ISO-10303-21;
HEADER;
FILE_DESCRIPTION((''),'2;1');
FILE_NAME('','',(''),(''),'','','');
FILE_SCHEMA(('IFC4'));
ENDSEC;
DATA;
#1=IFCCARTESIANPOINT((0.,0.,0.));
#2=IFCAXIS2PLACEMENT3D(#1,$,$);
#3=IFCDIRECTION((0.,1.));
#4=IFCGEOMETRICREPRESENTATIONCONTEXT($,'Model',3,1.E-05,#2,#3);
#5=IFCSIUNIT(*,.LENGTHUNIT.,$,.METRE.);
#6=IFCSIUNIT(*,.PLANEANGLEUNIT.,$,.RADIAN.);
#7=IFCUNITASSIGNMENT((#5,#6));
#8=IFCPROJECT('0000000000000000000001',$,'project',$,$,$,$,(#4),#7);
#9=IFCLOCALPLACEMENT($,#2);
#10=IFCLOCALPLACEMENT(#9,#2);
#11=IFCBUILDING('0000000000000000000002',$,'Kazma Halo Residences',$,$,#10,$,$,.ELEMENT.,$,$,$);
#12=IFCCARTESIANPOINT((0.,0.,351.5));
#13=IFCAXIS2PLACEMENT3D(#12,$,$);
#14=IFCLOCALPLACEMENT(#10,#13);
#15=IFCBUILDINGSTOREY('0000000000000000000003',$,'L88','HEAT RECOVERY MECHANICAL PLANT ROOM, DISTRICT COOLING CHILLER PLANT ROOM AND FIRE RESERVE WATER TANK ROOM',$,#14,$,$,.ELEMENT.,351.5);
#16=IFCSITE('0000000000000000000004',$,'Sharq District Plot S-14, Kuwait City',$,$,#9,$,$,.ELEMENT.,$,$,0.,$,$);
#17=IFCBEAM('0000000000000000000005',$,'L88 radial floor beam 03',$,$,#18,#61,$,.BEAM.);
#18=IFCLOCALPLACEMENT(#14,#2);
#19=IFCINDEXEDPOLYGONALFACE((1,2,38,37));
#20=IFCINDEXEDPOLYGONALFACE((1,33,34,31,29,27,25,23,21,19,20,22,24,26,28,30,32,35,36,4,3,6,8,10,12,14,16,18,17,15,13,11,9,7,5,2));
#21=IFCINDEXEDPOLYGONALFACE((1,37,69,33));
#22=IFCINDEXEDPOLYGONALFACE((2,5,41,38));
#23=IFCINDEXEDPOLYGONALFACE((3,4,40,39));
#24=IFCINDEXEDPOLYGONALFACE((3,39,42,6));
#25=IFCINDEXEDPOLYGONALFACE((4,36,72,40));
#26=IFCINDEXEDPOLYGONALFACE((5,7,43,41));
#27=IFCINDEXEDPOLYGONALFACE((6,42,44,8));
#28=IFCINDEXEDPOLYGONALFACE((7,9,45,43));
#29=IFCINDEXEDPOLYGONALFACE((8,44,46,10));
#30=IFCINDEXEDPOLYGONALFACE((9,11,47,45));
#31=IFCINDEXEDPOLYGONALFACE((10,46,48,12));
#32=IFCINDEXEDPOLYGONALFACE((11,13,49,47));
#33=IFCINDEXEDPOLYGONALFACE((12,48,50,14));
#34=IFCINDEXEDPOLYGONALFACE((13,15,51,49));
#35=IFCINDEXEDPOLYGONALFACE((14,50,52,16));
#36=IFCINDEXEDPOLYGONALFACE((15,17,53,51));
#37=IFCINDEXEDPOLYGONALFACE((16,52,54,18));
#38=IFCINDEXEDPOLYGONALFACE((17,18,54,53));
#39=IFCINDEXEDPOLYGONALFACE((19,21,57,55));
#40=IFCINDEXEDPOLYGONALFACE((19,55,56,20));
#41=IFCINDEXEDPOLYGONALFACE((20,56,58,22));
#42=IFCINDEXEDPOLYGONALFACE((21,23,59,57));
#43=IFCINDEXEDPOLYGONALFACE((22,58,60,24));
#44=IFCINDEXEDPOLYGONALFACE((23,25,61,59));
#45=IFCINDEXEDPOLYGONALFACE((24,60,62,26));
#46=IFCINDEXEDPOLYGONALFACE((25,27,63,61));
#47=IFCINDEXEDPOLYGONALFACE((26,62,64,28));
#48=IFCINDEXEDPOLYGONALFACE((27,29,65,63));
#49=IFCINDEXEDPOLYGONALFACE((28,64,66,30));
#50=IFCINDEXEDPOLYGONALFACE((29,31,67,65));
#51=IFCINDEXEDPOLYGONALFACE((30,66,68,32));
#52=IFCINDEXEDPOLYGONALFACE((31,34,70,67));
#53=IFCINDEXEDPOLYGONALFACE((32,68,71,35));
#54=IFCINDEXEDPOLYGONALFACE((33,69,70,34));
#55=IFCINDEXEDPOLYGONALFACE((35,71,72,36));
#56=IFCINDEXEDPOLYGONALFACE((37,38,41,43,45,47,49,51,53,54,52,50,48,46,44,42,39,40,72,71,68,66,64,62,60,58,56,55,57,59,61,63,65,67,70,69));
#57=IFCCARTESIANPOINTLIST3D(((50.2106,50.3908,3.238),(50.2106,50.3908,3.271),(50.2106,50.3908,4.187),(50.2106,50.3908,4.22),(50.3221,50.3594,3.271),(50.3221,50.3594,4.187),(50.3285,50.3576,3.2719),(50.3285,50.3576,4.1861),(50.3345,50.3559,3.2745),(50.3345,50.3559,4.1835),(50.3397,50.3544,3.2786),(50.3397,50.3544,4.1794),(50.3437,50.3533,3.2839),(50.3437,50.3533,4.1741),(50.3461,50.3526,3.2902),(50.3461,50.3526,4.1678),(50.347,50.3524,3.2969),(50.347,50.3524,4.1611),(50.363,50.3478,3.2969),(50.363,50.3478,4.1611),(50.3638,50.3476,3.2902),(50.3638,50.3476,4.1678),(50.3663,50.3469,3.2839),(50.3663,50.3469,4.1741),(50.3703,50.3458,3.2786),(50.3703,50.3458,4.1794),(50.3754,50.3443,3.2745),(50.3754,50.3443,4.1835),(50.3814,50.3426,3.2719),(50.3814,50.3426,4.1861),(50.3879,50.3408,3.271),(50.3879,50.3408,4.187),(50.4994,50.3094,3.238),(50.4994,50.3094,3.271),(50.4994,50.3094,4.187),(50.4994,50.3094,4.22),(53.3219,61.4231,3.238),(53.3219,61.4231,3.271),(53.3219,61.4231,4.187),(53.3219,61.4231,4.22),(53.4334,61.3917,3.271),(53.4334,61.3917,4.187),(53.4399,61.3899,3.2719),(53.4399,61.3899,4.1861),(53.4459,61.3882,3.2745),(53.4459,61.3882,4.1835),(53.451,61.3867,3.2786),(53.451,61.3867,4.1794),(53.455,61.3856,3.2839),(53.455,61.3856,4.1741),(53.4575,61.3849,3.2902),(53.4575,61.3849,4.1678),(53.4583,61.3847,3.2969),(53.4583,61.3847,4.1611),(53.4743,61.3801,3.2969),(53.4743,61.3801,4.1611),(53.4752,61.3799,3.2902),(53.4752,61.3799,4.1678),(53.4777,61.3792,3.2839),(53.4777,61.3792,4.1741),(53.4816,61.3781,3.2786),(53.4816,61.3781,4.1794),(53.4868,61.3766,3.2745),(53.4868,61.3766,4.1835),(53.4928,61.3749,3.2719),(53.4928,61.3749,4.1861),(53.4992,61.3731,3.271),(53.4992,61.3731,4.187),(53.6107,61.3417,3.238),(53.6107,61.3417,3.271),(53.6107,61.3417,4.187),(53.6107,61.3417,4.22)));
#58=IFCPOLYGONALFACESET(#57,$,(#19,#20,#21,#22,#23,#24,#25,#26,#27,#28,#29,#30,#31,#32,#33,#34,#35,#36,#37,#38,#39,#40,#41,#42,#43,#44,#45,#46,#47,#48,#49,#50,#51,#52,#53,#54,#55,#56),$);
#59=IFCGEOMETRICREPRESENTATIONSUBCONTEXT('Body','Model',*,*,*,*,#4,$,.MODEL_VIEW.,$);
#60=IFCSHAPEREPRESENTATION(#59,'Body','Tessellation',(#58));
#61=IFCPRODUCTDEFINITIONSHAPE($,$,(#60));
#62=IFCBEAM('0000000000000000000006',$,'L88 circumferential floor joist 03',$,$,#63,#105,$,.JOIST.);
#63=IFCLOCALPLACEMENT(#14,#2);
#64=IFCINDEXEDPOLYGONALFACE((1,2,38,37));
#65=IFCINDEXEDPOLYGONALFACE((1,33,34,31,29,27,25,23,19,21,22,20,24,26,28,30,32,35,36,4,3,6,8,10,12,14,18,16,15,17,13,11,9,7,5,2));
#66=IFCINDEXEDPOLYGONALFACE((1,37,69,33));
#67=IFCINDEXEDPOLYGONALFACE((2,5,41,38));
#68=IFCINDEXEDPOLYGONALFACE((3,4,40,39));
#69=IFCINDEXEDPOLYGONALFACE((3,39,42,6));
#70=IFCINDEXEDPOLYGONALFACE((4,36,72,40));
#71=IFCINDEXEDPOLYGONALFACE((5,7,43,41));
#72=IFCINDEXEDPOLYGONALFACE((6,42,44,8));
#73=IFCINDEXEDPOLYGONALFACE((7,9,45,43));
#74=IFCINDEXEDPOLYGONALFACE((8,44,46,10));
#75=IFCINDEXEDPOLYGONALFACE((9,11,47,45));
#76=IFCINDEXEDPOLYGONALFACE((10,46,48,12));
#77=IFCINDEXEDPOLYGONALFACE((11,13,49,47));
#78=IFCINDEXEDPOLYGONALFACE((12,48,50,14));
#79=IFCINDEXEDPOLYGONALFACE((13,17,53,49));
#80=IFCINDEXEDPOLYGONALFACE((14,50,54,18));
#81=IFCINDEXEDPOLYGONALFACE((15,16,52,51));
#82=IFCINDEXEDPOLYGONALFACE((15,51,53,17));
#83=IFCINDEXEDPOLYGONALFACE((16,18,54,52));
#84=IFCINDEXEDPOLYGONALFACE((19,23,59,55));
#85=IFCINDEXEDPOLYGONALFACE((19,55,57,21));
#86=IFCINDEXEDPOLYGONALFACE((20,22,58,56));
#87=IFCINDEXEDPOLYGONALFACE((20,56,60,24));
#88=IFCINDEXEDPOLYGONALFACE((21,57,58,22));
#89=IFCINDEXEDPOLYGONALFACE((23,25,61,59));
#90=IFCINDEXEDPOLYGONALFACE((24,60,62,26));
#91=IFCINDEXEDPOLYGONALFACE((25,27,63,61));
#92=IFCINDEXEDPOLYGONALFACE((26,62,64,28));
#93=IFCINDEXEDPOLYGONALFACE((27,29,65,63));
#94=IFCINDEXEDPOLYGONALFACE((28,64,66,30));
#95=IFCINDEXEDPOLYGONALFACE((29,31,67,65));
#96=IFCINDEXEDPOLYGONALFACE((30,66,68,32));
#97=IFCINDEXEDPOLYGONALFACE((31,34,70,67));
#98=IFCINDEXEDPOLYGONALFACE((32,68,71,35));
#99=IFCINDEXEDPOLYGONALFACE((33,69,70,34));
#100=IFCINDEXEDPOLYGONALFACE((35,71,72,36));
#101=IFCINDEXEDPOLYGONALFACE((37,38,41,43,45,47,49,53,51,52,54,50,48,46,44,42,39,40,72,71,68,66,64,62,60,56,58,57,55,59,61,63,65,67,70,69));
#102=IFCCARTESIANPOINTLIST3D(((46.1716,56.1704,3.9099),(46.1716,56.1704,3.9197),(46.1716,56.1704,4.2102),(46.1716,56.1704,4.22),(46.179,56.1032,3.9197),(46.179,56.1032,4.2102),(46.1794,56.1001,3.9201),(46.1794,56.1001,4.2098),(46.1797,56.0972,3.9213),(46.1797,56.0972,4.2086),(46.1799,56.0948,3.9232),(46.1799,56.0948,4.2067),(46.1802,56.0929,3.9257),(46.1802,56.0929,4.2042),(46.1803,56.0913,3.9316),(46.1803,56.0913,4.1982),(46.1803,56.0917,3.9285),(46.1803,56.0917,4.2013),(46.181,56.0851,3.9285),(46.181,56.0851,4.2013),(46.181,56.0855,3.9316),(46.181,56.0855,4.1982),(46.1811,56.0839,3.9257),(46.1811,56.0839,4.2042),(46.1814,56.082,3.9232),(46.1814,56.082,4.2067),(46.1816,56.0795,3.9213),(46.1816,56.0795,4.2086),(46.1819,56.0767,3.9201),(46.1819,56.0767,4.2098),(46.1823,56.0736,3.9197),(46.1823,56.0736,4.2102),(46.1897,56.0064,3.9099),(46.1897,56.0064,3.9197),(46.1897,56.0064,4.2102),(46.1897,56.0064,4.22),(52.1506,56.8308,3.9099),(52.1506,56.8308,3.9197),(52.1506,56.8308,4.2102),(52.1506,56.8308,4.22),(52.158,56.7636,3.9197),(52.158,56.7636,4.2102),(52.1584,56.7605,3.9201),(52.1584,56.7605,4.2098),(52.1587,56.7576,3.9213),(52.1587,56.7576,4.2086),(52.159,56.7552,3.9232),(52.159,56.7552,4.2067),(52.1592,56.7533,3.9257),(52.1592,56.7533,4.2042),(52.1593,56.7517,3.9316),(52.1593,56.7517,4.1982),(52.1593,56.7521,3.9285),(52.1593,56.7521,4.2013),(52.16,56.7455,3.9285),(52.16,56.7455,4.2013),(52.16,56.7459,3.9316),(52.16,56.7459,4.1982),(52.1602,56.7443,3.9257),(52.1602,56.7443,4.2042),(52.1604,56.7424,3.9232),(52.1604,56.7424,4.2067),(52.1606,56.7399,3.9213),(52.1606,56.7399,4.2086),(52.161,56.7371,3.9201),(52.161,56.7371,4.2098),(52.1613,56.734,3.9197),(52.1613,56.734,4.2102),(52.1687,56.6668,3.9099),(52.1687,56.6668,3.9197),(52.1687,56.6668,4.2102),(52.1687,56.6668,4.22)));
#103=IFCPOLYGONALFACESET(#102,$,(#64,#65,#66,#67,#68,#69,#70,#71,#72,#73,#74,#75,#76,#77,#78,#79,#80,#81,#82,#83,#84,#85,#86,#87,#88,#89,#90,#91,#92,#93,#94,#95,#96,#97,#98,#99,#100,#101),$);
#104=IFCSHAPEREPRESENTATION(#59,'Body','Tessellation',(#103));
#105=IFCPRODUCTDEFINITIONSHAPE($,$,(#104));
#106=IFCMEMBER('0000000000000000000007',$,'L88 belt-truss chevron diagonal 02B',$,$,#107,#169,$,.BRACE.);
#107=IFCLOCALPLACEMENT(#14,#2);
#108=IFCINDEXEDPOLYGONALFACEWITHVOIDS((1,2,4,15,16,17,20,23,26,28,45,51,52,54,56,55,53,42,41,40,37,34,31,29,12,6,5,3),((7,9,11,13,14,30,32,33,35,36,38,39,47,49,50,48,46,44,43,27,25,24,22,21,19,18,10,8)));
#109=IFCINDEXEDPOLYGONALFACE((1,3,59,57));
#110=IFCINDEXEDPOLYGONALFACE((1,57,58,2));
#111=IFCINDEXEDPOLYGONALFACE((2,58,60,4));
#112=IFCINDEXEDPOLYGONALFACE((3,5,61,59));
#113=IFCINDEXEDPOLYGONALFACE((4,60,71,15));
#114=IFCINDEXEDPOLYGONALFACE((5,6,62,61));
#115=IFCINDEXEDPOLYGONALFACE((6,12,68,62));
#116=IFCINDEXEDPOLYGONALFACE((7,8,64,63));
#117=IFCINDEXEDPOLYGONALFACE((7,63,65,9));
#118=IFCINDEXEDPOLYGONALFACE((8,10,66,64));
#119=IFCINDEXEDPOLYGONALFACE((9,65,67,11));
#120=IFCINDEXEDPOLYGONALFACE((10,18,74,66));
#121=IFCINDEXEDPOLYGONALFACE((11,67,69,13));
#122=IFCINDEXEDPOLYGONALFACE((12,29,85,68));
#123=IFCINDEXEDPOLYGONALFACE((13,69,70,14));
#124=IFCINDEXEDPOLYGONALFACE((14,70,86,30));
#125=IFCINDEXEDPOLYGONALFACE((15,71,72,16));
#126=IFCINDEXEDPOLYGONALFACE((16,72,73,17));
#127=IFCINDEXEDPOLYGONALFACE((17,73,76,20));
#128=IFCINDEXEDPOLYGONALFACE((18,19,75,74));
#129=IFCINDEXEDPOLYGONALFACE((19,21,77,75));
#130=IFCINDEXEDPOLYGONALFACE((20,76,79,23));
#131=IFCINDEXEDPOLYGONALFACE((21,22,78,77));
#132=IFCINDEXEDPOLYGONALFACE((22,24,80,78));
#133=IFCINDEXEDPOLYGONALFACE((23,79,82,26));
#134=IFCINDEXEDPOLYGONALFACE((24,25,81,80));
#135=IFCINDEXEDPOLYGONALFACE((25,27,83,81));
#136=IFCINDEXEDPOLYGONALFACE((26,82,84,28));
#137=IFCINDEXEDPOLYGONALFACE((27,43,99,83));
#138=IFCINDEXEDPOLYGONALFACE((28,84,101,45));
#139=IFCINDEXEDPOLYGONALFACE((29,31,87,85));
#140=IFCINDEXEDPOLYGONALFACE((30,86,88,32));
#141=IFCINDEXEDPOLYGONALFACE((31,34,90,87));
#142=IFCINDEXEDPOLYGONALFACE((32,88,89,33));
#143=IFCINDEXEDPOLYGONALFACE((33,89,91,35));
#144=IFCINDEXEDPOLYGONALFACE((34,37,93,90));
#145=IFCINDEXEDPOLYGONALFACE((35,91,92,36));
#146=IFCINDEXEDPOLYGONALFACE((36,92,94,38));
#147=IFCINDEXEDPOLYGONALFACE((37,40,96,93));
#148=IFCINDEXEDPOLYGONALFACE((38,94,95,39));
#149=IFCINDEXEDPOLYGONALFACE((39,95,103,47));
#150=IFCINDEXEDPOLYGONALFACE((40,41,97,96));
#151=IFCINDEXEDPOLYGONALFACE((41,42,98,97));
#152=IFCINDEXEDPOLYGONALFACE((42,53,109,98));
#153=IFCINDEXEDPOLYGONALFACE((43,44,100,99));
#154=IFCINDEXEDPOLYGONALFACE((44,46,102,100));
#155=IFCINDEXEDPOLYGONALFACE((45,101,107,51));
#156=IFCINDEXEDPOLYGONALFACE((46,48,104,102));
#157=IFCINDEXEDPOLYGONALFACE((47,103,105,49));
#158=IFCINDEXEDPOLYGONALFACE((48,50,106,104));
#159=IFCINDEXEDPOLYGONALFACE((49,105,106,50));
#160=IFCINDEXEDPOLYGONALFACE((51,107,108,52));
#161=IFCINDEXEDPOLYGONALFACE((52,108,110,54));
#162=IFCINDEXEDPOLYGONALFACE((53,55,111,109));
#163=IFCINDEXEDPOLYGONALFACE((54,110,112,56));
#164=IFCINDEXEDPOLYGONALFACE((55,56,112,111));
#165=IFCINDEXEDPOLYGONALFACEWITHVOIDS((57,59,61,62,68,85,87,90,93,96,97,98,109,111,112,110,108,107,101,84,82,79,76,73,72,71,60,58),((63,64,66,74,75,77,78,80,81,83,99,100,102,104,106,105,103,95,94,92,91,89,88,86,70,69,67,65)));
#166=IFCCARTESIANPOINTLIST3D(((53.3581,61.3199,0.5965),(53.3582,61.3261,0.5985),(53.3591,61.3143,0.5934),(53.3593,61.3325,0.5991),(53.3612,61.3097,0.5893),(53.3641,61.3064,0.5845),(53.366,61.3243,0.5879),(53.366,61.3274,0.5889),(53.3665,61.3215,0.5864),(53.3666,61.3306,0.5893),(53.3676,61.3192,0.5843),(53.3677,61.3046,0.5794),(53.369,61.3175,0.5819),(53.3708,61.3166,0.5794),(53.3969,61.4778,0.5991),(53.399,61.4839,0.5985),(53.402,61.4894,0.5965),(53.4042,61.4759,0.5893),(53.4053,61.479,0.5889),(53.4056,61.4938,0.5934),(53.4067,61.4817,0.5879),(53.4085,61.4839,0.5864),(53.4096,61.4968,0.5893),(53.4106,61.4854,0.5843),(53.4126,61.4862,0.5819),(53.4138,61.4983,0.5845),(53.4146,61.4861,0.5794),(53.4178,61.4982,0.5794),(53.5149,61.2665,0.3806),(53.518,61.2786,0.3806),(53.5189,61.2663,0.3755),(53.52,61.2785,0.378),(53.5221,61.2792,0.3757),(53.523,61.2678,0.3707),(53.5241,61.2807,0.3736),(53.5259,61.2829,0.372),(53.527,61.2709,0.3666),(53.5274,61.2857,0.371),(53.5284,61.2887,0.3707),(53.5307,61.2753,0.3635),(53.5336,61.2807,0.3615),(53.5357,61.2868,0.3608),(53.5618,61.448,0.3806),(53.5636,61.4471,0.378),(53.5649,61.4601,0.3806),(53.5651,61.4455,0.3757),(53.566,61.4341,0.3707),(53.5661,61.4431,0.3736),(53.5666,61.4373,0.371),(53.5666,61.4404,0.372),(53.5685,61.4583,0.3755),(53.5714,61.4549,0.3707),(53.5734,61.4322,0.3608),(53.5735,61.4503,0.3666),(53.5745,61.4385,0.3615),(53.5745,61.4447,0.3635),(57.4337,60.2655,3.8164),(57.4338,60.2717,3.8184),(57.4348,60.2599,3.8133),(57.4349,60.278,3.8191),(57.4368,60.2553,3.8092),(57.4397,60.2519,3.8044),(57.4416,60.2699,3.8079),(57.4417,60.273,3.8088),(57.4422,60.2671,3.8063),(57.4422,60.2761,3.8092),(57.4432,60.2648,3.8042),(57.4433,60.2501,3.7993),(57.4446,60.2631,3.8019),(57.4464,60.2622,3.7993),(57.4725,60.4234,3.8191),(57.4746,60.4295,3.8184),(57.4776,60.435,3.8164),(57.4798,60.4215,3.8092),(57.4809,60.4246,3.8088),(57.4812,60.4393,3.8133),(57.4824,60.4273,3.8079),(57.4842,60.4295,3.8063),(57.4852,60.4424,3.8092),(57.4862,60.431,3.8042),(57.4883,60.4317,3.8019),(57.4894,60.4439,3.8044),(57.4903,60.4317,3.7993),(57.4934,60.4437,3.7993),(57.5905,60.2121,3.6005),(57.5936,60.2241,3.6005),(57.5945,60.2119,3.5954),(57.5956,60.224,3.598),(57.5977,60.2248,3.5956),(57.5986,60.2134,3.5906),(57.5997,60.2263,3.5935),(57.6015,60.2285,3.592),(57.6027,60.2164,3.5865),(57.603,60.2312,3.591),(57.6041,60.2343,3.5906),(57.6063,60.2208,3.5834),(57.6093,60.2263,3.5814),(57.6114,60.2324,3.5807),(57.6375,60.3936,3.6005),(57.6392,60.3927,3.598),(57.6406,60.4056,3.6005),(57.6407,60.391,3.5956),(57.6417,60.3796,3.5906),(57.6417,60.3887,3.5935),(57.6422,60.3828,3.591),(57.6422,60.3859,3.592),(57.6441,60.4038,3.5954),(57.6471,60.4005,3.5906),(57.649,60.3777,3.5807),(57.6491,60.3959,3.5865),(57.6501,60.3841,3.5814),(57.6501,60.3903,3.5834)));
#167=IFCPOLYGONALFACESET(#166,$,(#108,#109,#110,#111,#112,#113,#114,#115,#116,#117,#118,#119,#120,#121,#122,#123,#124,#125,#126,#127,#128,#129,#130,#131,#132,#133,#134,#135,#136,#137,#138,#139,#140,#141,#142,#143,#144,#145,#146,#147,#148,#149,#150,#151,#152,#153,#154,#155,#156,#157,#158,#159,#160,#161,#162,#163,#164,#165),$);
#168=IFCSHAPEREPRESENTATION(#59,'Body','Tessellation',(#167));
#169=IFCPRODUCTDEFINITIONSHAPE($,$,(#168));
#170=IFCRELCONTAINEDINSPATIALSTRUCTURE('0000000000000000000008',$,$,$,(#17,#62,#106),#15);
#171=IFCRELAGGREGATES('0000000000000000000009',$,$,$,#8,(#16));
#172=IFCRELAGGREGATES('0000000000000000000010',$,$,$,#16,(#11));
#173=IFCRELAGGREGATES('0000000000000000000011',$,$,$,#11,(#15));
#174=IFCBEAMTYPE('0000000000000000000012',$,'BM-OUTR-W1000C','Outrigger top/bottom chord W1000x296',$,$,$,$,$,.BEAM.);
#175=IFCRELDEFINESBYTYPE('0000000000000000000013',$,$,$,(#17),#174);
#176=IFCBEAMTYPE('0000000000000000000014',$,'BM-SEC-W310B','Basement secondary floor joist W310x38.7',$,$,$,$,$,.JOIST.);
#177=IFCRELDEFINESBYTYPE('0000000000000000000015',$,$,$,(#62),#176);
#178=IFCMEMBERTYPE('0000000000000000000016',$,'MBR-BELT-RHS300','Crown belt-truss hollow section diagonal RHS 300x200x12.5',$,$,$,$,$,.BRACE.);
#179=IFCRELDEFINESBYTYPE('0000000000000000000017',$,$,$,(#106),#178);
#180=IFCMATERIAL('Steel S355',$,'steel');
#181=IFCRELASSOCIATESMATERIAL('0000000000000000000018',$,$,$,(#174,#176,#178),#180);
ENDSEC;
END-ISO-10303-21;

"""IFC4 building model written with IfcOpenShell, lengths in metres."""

from ifc_helpers import new_model, si_unit, direction, frame, origin, origin_2d, place, context, subcontext, project, spatial, hollow_rectangle, i_section, extrude, material, material_profile, profile_set, type_object, element, save


model = new_model("IFC4")

# Units and contexts
model_context = context("Model", 3, precision=1e-05, world=origin(), true_north=direction((0.0, 1.0)))
body_context = subcontext(model_context, "Body", "Model", "MODEL_VIEW")
ifc_project = project(units=[si_unit("LENGTHUNIT", "METRE"), si_unit("PLANEANGLEUNIT", "RADIAN")], contexts=[model_context])

# Site, building, storey
site_placement = place(None, origin())
site = spatial("IfcSite", under=ifc_project, at=site_placement, Name="Sharq District Plot S-14, Kuwait City", CompositionType="ELEMENT", RefElevation=0.0)
building_placement = place(site_placement, origin())
building = spatial("IfcBuilding", under=site, at=building_placement, Name="Kazma Halo Residences", CompositionType="ELEMENT")
storey_placement = place(building_placement, frame((0.0, 0.0, 351.5)))
storey = spatial("IfcBuildingStorey", under=building, at=storey_placement, Name="L88", Description="HEAT RECOVERY MECHANICAL PLANT ROOM, DISTRICT COOLING CHILLER PLANT ROOM AND FIRE RESERVE WATER TANK ROOM", CompositionType="ELEMENT", Elevation=351.5)

# Shared definitions
ifc_material_1 = material(Name="Steel S355", Category="steel")

# Beams
ifc_material_profile_1 = material_profile(ifc_material_1, i_section(OverallWidth=0.3, OverallDepth=0.9819, WebThickness=0.0166, FlangeThickness=0.033, FilletRadius=0.0259, at=origin_2d()), Name="W1000x296")
ifc_profile_set_1 = profile_set([ifc_material_profile_1], Name="Steel S355")
beam_type_1 = type_object("IfcBeamType", Name="BM-OUTR-W1000C", Description="Outrigger top/bottom chord W1000x296", PredefinedType="BEAM", material=ifc_profile_set_1)
beam_1_placement = place(storey_placement, frame((50.355, 50.3501, 3.729), z_axis=(0.271434, 0.962457, 0.0), x_axis=(-0.962457, 0.271434, 0.0)))
element("IfcBeam", 1, at=beam_1_placement, inside=storey, type_object=beam_type_1, Name="L88 radial floor beam 03", PredefinedType="BEAM", context=body_context, shape_type="SweptSolid", body=[
    extrude(i_section(OverallWidth=0.3, OverallDepth=0.9819, WebThickness=0.0166, FlangeThickness=0.033, FilletRadius=0.0259, at=origin_2d()), origin(), (0.0, 0.0, 1.0), 11.4626),
])
ifc_material_profile_2 = material_profile(ifc_material_1, i_section(OverallWidth=0.165, OverallDepth=0.3101, WebThickness=0.0059, FlangeThickness=0.0098, FilletRadius=0.012, at=origin_2d()), Name="W310x38.7")
ifc_profile_set_2 = profile_set([ifc_material_profile_2], Name="Steel S355")
beam_type_2 = type_object("IfcBeamType", Name="BM-SEC-W310B", Description="Basement secondary floor joist W310x38.7", PredefinedType="JOIST", material=ifc_profile_set_2)
beam_2_placement = place(storey_placement, frame((52.1597, 56.7488, 4.0649), z_axis=(-0.993955, -0.109786, 0.0), x_axis=(0.109786, -0.993955, 0.0)))
element("IfcBeam", 2, at=beam_2_placement, inside=storey, type_object=beam_type_2, Name="L88 circumferential floor joist 03", PredefinedType="JOIST", context=body_context, shape_type="SweptSolid", body=[
    extrude(i_section(OverallWidth=0.165, OverallDepth=0.3101, WebThickness=0.0059, FlangeThickness=0.0098, FilletRadius=0.012, at=origin_2d()), origin(), (0.0, 0.0, 1.0), 6.0154),
])

# Member
ifc_material_profile_3 = material_profile(ifc_material_1, hollow_rectangle(XDim=0.2, YDim=0.3, WallThickness=0.0125, InnerFilletRadius=0.0125, OuterFilletRadius=0.0249, at=origin_2d()), Name="RHS300x200x12.5")
ifc_profile_set_3 = profile_set([ifc_material_profile_3], Name="Steel S355")
member_type_1 = type_object("IfcMemberType", Name="MBR-BELT-RHS300", Description="Crown belt-truss hollow section diagonal RHS 300x200x12.5", PredefinedType="BRACE", material=ifc_profile_set_3)
member_1_placement = place(storey_placement, frame((53.4663, 61.3823, 0.48), z_axis=(0.76898, -0.198947, 0.607528), x_axis=(0.250469, 0.968125, 0.0)))
element("IfcMember", 3, at=member_1_placement, inside=storey, type_object=member_type_1, Name="L88 belt-truss chevron diagonal 02B", PredefinedType="BRACE", context=body_context, shape_type="SweptSolid", body=[
    extrude(hollow_rectangle(XDim=0.2, YDim=0.3, WallThickness=0.0125, InnerFilletRadius=0.0125, OuterFilletRadius=0.0249, at=origin_2d()), origin(), (0.0, 0.0, 1.0), 5.3),
])

save(model, "model.ifc")
